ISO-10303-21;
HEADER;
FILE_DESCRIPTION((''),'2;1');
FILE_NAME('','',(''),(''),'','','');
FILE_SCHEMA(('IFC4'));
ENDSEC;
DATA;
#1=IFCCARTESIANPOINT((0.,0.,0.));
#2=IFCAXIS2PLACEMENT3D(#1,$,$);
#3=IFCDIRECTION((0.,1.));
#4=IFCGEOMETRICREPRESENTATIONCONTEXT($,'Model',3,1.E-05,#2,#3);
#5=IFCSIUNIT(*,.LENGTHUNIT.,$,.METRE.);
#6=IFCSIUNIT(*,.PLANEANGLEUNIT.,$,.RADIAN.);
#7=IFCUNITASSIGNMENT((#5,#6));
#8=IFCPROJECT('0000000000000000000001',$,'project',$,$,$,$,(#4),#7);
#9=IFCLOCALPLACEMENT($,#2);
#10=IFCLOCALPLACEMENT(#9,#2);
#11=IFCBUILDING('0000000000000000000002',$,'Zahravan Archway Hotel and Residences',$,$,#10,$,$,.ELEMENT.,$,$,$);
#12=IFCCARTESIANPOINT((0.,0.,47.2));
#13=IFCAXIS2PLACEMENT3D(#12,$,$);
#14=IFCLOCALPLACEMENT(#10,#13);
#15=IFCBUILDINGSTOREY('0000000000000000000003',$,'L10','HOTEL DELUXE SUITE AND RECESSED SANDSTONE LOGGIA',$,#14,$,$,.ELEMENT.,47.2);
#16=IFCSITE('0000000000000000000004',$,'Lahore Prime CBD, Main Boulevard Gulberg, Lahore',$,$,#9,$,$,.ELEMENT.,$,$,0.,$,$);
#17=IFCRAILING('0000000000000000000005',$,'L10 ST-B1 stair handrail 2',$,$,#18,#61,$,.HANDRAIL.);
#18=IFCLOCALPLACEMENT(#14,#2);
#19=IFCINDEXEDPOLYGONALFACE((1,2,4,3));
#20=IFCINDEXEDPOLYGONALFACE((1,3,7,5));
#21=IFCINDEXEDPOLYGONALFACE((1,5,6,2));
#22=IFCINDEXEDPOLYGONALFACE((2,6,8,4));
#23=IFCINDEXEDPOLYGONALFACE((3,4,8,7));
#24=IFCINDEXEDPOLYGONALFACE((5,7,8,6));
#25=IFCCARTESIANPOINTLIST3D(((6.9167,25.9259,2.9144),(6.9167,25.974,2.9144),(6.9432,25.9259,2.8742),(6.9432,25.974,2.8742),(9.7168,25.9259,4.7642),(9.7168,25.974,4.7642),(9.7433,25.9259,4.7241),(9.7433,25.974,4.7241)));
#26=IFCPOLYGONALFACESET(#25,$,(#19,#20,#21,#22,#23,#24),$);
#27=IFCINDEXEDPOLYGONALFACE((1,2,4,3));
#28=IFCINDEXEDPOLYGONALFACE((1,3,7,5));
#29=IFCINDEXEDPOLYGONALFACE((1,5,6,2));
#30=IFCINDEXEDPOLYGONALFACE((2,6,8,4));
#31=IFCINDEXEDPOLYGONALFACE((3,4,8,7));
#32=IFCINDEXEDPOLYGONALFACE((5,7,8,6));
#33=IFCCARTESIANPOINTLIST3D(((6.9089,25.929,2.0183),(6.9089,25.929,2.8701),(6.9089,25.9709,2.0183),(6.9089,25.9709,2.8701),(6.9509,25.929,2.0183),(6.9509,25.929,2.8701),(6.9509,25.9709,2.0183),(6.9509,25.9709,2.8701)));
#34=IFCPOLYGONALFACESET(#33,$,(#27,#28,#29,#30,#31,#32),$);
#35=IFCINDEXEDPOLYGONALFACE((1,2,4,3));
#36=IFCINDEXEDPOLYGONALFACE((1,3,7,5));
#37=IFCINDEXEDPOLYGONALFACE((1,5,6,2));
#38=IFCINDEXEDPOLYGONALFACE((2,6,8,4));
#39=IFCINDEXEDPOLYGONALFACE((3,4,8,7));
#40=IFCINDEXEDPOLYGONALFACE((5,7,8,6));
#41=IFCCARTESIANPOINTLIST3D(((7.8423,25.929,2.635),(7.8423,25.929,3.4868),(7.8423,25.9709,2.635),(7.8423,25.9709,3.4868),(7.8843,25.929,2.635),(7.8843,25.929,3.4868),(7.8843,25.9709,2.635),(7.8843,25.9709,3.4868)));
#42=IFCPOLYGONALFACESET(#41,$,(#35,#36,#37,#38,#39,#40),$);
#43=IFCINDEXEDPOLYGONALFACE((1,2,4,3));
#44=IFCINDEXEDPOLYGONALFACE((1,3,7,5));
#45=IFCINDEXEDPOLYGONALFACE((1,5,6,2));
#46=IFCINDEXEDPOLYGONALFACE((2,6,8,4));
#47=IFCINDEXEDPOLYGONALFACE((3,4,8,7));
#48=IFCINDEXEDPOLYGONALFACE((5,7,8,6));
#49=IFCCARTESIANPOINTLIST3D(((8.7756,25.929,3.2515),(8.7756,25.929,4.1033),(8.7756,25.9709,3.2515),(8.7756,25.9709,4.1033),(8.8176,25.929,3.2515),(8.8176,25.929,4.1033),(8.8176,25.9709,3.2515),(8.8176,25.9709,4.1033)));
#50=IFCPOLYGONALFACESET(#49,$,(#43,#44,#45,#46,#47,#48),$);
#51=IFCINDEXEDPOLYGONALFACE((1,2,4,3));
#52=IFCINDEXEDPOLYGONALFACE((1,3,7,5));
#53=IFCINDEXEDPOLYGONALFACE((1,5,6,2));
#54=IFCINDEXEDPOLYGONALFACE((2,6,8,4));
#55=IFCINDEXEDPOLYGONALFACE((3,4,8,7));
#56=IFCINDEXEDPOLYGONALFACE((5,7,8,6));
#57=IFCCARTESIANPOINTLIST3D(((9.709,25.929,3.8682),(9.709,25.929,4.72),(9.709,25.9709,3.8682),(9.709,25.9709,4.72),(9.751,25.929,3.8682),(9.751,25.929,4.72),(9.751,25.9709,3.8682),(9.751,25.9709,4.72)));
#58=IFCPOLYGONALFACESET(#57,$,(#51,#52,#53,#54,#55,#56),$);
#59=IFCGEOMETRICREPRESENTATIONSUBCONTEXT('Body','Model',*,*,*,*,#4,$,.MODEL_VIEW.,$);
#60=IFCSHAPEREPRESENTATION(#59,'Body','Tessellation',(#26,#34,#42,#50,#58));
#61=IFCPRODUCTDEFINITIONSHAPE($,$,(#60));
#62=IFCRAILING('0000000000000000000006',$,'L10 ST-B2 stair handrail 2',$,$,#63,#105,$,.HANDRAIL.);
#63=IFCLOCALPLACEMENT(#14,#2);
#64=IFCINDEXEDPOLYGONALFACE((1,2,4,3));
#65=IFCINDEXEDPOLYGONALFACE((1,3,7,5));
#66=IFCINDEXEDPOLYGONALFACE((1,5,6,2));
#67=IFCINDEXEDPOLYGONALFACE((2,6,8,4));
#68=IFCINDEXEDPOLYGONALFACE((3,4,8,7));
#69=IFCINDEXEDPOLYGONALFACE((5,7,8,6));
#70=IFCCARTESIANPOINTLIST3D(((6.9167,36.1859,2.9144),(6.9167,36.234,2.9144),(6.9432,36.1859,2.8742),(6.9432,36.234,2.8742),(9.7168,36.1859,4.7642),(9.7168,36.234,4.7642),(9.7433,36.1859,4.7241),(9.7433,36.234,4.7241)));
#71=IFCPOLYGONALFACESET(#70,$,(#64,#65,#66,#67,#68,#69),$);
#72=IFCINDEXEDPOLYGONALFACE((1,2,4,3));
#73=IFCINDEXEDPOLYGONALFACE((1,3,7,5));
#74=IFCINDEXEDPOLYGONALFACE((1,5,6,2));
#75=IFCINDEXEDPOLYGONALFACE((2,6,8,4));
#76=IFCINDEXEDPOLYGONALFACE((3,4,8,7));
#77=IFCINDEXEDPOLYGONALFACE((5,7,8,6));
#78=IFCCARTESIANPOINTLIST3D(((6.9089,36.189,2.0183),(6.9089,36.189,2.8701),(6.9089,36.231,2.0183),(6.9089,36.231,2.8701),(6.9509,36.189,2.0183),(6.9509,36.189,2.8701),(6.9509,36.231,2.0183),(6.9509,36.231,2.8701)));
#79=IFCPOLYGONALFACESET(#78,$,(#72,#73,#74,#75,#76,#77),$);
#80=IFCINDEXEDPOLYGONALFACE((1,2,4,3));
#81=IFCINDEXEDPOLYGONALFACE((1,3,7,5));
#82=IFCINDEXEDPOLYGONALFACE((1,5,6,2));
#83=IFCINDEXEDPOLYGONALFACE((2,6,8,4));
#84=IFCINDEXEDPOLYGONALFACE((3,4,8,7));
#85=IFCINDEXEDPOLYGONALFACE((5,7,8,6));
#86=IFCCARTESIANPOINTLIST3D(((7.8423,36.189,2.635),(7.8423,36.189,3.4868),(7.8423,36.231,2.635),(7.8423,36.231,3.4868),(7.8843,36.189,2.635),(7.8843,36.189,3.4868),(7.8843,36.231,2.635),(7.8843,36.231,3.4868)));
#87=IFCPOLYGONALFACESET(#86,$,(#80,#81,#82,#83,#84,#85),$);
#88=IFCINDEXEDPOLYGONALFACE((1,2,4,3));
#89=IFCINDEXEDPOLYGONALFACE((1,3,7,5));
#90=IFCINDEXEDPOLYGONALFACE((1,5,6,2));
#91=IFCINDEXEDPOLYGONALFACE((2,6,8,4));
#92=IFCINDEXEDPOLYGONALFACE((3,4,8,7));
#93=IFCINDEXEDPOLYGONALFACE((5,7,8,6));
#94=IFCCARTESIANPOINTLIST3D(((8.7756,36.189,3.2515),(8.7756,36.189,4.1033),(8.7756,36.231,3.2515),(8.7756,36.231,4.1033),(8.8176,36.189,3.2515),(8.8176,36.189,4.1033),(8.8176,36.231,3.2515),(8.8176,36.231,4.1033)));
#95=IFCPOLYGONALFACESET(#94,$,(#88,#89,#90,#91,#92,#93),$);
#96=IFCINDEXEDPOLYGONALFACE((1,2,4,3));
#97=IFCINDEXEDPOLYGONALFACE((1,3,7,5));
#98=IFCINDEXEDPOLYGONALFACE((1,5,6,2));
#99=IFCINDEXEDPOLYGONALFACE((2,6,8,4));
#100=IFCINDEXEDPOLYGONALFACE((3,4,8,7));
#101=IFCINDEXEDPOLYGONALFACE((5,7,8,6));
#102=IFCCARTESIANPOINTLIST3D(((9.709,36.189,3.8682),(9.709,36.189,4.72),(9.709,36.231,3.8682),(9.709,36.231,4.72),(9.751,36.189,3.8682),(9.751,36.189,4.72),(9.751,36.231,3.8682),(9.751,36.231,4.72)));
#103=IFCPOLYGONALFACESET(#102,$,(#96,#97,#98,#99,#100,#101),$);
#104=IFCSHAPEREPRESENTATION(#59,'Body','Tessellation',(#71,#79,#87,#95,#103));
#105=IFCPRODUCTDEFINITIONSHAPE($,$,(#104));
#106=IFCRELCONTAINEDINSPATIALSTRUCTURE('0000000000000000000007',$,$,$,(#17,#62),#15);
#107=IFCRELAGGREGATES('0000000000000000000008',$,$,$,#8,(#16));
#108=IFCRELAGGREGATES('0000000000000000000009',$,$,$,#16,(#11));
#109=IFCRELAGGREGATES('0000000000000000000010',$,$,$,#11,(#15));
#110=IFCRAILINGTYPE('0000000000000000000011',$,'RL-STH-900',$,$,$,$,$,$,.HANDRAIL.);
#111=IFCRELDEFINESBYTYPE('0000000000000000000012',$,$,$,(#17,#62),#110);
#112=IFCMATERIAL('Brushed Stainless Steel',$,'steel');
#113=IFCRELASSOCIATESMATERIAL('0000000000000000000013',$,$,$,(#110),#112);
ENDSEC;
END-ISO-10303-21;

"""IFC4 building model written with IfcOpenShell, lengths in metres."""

from ifc_helpers import new_model, si_unit, direction, frame, origin, origin_2d, place, context, subcontext, project, spatial, rectangle, extrude, material, type_object, element, save


model = new_model("IFC4")

# Units and contexts
model_context = context("Model", 3, precision=1e-05, world=origin(), true_north=direction((0.0, 1.0)))
body_context = subcontext(model_context, "Body", "Model", "MODEL_VIEW")
ifc_project = project(units=[si_unit("LENGTHUNIT", "METRE"), si_unit("PLANEANGLEUNIT", "RADIAN")], contexts=[model_context])

# Site, building, storey
site_placement = place(None, origin())
site = spatial("IfcSite", under=ifc_project, at=site_placement, Name="Lahore Prime CBD, Main Boulevard Gulberg, Lahore", CompositionType="ELEMENT", RefElevation=0.0)
building_placement = place(site_placement, origin())
building = spatial("IfcBuilding", under=site, at=building_placement, Name="Zahravan Archway Hotel and Residences", CompositionType="ELEMENT")
storey_placement = place(building_placement, frame((0.0, 0.0, 47.2)))
storey = spatial("IfcBuildingStorey", under=building, at=storey_placement, Name="L10", Description="HOTEL DELUXE SUITE AND RECESSED SANDSTONE LOGGIA", CompositionType="ELEMENT", Elevation=47.2)

# Shared definitions
ifc_material_1 = material(Name="Brushed Stainless Steel", Category="steel")

# Railings
railing_type_1 = type_object("IfcRailingType", Name="RL-STH-900", PredefinedType="HANDRAIL", material=ifc_material_1)
for number, where, name in (
    (1, (6.9299, 25.95, 2.0183), "L10 ST-B1 stair handrail 2"),
    (2, (6.9299, 36.21, 2.0183), "L10 ST-B2 stair handrail 2"),
):
    element("IfcRailing", number, at=place(storey_placement, frame(where)), inside=storey, type_object=railing_type_1, Name=name, PredefinedType="HANDRAIL", context=body_context, shape_type="SweptSolid", body=[
        extrude(rectangle(XDim=0.0481, YDim=0.0481, at=origin_2d()), frame((0.0, 0.0, 0.876), z_axis=(0.83436, 0.0, 0.55122), x_axis=(0.0, 1.0, 0.0)), (0.0, 0.0, 1.0), 3.356),
        extrude(rectangle(XDim=0.042, YDim=0.042, at=origin_2d()), origin(), (0.0, 0.0, 1.0), 0.8518),
        extrude(rectangle(XDim=0.042, YDim=0.042, at=origin_2d()), frame((0.9333, 0.0, 0.6167)), (0.0, 0.0, 1.0), 0.8518),
        extrude(rectangle(XDim=0.042, YDim=0.042, at=origin_2d()), frame((1.8667, 0.0, 1.2332)), (0.0, 0.0, 1.0), 0.8518),
        extrude(rectangle(XDim=0.042, YDim=0.042, at=origin_2d()), frame((2.8, 0.0, 1.8499)), (0.0, 0.0, 1.0), 0.8518),
    ])

save(model, "model.ifc")
